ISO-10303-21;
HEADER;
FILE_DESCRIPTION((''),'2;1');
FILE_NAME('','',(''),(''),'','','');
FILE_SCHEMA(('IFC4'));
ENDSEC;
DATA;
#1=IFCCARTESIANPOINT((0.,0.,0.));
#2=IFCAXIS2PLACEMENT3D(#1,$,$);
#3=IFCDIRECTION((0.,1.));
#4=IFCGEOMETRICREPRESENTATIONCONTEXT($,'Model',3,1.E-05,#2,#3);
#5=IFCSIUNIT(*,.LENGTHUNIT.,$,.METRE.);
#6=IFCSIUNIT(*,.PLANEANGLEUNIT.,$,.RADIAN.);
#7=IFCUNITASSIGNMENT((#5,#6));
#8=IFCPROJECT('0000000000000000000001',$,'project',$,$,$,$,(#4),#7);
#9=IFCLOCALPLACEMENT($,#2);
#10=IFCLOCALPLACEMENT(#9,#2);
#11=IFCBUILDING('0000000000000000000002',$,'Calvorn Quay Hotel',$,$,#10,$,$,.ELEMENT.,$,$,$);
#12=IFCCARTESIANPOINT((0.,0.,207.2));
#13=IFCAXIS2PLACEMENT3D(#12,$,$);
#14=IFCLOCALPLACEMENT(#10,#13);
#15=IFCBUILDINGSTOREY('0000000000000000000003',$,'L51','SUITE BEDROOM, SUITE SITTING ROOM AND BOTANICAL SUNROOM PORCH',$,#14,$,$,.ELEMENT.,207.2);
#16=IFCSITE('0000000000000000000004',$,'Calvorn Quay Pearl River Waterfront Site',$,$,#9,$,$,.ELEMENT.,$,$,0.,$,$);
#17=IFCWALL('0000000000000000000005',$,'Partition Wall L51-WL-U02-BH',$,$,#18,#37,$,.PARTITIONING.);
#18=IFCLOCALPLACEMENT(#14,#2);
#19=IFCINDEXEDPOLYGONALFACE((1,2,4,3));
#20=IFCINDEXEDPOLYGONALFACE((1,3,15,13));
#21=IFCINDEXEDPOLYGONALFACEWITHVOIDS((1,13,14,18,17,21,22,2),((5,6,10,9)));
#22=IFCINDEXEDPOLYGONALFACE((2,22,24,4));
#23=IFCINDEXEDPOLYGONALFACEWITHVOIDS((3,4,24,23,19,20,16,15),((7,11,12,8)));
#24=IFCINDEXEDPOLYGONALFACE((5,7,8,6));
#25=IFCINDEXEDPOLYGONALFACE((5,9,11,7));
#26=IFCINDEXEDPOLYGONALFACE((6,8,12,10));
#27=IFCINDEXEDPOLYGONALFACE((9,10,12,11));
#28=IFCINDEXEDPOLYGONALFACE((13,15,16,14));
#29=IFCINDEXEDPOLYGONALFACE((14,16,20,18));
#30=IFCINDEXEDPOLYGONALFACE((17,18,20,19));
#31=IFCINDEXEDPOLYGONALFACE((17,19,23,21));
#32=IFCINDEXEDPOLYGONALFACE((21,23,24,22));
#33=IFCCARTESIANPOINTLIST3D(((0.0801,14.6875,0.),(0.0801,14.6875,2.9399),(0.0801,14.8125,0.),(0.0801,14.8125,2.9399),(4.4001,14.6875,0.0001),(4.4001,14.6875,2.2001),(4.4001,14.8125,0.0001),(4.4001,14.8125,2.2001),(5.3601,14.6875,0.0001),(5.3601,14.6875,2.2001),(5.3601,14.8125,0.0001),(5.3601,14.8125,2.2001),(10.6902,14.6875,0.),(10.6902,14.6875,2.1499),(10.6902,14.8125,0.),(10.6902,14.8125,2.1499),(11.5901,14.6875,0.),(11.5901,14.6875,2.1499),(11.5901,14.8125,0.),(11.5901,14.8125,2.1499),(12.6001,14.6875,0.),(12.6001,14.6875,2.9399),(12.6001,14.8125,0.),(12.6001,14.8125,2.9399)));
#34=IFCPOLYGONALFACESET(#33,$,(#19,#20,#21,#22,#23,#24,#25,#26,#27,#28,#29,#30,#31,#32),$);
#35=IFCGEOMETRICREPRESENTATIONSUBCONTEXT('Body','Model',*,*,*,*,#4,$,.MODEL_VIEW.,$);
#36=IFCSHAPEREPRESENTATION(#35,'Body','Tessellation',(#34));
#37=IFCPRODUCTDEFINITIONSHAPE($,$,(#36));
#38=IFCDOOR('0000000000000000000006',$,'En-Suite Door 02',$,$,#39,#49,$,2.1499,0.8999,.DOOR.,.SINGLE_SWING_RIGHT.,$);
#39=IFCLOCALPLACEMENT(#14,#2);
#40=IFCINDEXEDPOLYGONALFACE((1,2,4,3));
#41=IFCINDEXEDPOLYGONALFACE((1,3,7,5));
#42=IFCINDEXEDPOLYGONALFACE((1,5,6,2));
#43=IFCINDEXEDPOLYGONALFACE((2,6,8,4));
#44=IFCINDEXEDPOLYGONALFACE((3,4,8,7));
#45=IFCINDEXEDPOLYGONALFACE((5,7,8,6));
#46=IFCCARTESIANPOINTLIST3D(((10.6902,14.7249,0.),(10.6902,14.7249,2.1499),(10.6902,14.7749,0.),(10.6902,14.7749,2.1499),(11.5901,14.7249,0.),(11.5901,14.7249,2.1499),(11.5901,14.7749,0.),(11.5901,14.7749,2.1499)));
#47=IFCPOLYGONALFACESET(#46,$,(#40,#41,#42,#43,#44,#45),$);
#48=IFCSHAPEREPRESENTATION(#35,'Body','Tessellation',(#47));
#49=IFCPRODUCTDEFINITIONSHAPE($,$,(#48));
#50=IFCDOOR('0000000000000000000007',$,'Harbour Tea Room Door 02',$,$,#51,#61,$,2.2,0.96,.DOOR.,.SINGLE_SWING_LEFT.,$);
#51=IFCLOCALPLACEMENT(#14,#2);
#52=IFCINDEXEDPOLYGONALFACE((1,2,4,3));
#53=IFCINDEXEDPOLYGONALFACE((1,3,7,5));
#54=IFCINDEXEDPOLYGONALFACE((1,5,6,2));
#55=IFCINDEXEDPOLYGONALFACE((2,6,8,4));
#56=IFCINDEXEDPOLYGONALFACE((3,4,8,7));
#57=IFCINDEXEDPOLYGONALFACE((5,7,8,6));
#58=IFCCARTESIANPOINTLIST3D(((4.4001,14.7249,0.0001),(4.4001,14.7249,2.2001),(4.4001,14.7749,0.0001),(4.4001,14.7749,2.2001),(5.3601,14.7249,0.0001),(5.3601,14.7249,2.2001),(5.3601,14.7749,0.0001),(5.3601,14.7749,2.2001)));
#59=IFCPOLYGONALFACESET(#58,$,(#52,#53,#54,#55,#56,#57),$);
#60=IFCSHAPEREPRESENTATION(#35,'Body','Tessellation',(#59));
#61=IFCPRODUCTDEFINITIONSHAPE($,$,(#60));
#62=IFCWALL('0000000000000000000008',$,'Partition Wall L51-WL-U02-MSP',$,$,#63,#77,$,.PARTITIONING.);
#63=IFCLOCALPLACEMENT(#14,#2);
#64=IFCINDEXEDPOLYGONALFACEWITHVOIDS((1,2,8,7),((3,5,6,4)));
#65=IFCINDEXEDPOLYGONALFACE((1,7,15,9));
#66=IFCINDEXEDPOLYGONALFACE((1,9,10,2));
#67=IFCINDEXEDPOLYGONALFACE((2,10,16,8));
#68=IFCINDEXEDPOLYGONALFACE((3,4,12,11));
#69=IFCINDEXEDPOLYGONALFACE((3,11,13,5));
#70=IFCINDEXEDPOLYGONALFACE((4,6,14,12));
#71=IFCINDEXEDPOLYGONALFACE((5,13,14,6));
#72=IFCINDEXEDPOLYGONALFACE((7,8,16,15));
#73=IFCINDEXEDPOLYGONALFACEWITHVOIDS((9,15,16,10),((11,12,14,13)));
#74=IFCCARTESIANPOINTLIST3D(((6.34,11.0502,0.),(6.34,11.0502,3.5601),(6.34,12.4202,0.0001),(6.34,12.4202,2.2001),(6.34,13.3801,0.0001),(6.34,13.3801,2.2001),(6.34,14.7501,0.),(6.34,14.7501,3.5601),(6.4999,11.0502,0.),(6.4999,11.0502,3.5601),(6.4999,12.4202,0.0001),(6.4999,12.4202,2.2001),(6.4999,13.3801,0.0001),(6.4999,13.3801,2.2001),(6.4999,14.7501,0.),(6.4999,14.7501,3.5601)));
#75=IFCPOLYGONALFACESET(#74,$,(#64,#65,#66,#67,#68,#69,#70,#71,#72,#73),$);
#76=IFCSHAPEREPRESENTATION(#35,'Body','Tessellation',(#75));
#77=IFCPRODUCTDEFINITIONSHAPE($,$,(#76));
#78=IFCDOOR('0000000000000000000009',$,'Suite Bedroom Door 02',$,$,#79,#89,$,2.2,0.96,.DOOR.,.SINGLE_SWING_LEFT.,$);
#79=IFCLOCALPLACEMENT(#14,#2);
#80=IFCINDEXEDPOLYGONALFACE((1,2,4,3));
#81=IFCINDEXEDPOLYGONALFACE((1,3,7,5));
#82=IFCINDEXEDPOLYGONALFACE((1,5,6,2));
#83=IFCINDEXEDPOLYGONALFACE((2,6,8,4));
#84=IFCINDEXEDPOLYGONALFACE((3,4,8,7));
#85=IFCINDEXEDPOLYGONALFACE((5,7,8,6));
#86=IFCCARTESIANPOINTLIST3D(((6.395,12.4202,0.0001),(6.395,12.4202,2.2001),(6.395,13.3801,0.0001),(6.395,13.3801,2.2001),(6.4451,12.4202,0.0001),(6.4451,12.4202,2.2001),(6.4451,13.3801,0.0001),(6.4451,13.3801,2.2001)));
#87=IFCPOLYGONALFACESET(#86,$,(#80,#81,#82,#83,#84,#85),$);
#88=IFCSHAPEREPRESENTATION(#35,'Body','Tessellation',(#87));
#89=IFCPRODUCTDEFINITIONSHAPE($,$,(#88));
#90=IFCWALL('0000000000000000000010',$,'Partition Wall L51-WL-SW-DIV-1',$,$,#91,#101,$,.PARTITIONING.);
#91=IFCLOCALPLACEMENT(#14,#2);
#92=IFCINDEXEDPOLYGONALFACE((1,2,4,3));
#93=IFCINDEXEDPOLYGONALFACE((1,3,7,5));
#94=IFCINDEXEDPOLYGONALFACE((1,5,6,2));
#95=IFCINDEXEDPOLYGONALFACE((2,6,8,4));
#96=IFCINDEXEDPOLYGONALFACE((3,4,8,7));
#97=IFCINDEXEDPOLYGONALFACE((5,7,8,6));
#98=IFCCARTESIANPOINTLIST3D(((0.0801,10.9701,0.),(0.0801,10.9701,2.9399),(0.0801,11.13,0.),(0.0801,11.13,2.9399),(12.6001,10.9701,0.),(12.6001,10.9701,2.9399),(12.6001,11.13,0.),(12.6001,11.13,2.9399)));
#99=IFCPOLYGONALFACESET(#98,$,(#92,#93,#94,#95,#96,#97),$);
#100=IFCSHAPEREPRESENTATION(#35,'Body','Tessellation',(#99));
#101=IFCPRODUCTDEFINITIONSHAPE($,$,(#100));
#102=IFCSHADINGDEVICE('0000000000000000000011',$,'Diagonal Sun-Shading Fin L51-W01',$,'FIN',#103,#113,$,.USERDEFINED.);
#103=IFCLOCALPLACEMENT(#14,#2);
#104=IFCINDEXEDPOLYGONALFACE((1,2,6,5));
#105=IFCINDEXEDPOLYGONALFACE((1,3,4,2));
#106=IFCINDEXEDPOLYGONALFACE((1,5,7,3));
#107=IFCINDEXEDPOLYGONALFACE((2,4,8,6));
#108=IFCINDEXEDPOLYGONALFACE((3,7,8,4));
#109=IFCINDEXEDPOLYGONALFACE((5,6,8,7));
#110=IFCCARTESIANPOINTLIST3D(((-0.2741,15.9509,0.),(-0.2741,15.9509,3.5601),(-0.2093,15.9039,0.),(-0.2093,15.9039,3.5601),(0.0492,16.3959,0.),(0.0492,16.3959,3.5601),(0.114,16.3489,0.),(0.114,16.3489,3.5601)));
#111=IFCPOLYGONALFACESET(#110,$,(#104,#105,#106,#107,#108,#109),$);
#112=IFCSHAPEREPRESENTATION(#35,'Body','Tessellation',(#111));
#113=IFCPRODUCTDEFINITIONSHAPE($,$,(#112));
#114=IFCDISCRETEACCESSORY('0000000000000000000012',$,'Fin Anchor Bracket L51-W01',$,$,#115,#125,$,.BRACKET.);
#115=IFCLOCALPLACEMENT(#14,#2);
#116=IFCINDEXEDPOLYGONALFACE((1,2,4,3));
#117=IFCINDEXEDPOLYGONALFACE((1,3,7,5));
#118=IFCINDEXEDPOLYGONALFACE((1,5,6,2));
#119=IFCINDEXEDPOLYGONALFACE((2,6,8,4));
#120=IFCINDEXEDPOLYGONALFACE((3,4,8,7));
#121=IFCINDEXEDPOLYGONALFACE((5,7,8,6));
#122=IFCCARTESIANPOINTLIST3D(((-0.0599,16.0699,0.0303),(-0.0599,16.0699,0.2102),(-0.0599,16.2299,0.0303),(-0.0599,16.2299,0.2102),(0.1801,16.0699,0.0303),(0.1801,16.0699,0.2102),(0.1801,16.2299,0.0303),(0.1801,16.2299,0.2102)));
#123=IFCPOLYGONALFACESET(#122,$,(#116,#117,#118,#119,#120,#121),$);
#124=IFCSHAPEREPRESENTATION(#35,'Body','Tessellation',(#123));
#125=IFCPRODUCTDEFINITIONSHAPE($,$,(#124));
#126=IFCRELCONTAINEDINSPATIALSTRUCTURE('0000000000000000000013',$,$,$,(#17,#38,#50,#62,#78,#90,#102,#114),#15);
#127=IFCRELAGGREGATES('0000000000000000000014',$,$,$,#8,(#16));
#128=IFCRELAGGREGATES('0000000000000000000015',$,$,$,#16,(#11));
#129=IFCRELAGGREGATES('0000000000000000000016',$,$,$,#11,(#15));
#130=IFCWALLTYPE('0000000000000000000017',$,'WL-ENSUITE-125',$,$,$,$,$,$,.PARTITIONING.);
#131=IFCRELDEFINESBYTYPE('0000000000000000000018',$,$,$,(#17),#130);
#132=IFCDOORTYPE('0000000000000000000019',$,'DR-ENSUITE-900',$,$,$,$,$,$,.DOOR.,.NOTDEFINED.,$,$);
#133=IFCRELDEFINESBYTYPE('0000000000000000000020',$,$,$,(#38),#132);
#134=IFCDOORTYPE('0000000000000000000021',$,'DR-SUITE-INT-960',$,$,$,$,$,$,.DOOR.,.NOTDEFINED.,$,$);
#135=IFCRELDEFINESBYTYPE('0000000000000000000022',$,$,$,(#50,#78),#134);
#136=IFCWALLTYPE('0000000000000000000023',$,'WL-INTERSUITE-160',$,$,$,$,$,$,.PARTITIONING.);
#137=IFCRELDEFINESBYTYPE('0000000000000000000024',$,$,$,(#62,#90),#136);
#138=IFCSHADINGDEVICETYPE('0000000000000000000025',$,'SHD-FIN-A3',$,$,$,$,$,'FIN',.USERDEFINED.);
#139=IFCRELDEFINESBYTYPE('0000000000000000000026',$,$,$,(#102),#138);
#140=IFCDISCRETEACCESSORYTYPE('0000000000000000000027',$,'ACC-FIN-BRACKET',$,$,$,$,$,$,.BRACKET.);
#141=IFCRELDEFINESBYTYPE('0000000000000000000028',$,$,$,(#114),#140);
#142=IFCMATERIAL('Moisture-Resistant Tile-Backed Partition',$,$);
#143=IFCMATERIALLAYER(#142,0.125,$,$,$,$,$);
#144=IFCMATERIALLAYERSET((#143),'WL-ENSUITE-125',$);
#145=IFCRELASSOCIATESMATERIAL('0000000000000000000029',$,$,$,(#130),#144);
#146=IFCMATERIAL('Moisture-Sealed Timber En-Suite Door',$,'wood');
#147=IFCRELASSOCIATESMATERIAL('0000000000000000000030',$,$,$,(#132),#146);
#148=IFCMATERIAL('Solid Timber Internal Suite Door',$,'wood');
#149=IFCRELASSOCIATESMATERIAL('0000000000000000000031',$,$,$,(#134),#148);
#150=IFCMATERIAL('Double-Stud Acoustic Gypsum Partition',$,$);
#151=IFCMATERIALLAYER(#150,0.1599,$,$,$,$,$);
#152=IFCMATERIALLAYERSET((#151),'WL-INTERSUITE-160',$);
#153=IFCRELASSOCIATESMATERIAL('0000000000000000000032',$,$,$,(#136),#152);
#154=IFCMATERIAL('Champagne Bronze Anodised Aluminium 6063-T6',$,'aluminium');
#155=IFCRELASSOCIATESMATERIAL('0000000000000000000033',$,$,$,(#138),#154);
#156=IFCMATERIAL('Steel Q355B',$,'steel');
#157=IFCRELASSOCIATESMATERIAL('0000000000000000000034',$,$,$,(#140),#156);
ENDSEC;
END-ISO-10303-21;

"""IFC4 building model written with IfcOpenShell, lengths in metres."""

from ifc_helpers import new_model, si_unit, direction, frame, frame_2d, origin, origin_2d, place, context, subcontext, project, spatial, rectangle, extrude, material, layer, layer_set, type_object, element, fill, save


model = new_model("IFC4")

# Units and contexts
model_context = context("Model", 3, precision=1e-05, world=origin(), true_north=direction((0.0, 1.0)))
body_context = subcontext(model_context, "Body", "Model", "MODEL_VIEW")
ifc_project = project(units=[si_unit("LENGTHUNIT", "METRE"), si_unit("PLANEANGLEUNIT", "RADIAN")], contexts=[model_context])

# Site, building, storey
site_placement = place(None, origin())
site = spatial("IfcSite", under=ifc_project, at=site_placement, Name="Calvorn Quay Pearl River Waterfront Site", CompositionType="ELEMENT", RefElevation=0.0)
building_placement = place(site_placement, origin())
building = spatial("IfcBuilding", under=site, at=building_placement, Name="Calvorn Quay Hotel", CompositionType="ELEMENT")
storey_placement = place(building_placement, frame((0.0, 0.0, 207.2)))
storey = spatial("IfcBuildingStorey", under=building, at=storey_placement, Name="L51", Description="SUITE BEDROOM, SUITE SITTING ROOM AND BOTANICAL SUNROOM PORCH", CompositionType="ELEMENT", Elevation=207.2)

# Shared definitions
ifc_material_1 = material(Name="Moisture-Resistant Tile-Backed Partition")
ifc_layer_1 = layer(ifc_material_1, 0.125)
ifc_layer_set_1 = layer_set([ifc_layer_1], Name="WL-ENSUITE-125")
wall_type_1 = type_object("IfcWallType", Name="WL-ENSUITE-125", PredefinedType="PARTITIONING", material=ifc_layer_set_1)

# Wall, openings, doors
wall_1_placement = place(storey_placement, frame((0.0801, 14.75, 0.0), z_axis=(0.0, 0.0, 1.0), x_axis=(1.0, 0.0, 0.0)))
wall_1 = element("IfcWall", 1, at=wall_1_placement, inside=storey, type_object=wall_type_1, Name="Partition Wall L51-WL-U02-BH", PredefinedType="PARTITIONING", context=body_context, shape_type="SweptSolid", body=[
    extrude(rectangle(XDim=12.52, YDim=0.125, at=frame_2d((6.26, 0.0))), origin(), (0.0, 0.0, 1.0), 2.9399),
])
opening_1_placement = place(wall_1_placement, frame((4.3201, 0.0, 0.0)))
opening_1 = element("IfcOpeningElement", 2, at=opening_1_placement, cuts=wall_1, PredefinedType="OPENING", context=body_context, shape_type="SweptSolid", body=[
    extrude(rectangle(XDim=0.96, YDim=2.2, at=frame_2d((0.48, 1.1001))), frame((0.0, 0.0725, 0.0), z_axis=(0.0, -1.0, 0.0), x_axis=(1.0, 0.0, 0.0)), (0.0, 0.0, 1.0), 0.145),
])
opening_2_placement = place(wall_1_placement, frame((10.6101, 0.0, 0.0)))
opening_2 = element("IfcOpeningElement", 3, at=opening_2_placement, cuts=wall_1, PredefinedType="OPENING", context=body_context, shape_type="SweptSolid", body=[
    extrude(rectangle(XDim=0.8999, YDim=2.1499, at=frame_2d((0.45, 1.075))), frame((0.0, 0.0725, 0.0), z_axis=(0.0, -1.0, 0.0), x_axis=(1.0, 0.0, 0.0)), (0.0, 0.0, 1.0), 0.145),
])
ifc_material_2 = material(Name="Moisture-Sealed Timber En-Suite Door", Category="wood")
door_type_1 = type_object("IfcDoorType", Name="DR-ENSUITE-900", OperationType="NOTDEFINED", PredefinedType="DOOR", material=ifc_material_2)
door_1_placement = place(opening_2_placement, origin())
door_1 = element("IfcDoor", 4, at=door_1_placement, inside=storey, type_object=door_type_1, Name="En-Suite Door 02", OperationType="SINGLE_SWING_RIGHT", OverallHeight=2.1499, OverallWidth=0.8999, PredefinedType="DOOR", context=body_context, shape_type="SweptSolid", body=[
    extrude(rectangle(XDim=0.8999, YDim=2.1499, at=frame_2d((0.45, 1.075))), frame((0.0, 0.0249, 0.0), z_axis=(0.0, -1.0, 0.0), x_axis=(1.0, 0.0, 0.0)), (0.0, 0.0, 1.0), 0.05),
])
fill(opening_2, door_1)
ifc_material_3 = material(Name="Solid Timber Internal Suite Door", Category="wood")
door_type_2 = type_object("IfcDoorType", Name="DR-SUITE-INT-960", OperationType="NOTDEFINED", PredefinedType="DOOR", material=ifc_material_3)
door_2_placement = place(opening_1_placement, origin())
door_2 = element("IfcDoor", 5, at=door_2_placement, inside=storey, type_object=door_type_2, Name="Harbour Tea Room Door 02", OperationType="SINGLE_SWING_LEFT", OverallHeight=2.2, OverallWidth=0.96, PredefinedType="DOOR", context=body_context, shape_type="SweptSolid", body=[
    extrude(rectangle(XDim=0.96, YDim=2.2, at=frame_2d((0.48, 1.1001))), frame((0.0, 0.0249, 0.0), z_axis=(0.0, -1.0, 0.0), x_axis=(1.0, 0.0, 0.0)), (0.0, 0.0, 1.0), 0.05),
])
fill(opening_1, door_2)

# Wall, opening, door
ifc_material_4 = material(Name="Double-Stud Acoustic Gypsum Partition")
ifc_layer_2 = layer(ifc_material_4, 0.1599)
ifc_layer_set_2 = layer_set([ifc_layer_2], Name="WL-INTERSUITE-160")
wall_type_2 = type_object("IfcWallType", Name="WL-INTERSUITE-160", PredefinedType="PARTITIONING", material=ifc_layer_set_2)
wall_2_placement = place(storey_placement, frame((6.4199, 11.05, 0.0), z_axis=(0.0, 0.0, 1.0), x_axis=(0.0, 1.0, 0.0)))
wall_2 = element("IfcWall", 6, at=wall_2_placement, inside=storey, type_object=wall_type_2, Name="Partition Wall L51-WL-U02-MSP", PredefinedType="PARTITIONING", context=body_context, shape_type="SweptSolid", body=[
    extrude(rectangle(XDim=3.7, YDim=0.1599, at=frame_2d((1.8501, 0.0))), origin(), (0.0, 0.0, 1.0), 3.5601),
])
opening_3_placement = place(wall_2_placement, frame((1.3701, 0.0, 0.0)))
opening_3 = element("IfcOpeningElement", 7, at=opening_3_placement, cuts=wall_2, PredefinedType="OPENING", context=body_context, shape_type="SweptSolid", body=[
    extrude(rectangle(XDim=0.96, YDim=2.2, at=frame_2d((0.48, 1.1001))), frame((0.0, 0.0898, 0.0), z_axis=(0.0, -1.0, 0.0), x_axis=(1.0, 0.0, 0.0)), (0.0, 0.0, 1.0), 0.1799),
])
door_3_placement = place(opening_3_placement, origin())
door_3 = element("IfcDoor", 8, at=door_3_placement, inside=storey, type_object=door_type_2, Name="Suite Bedroom Door 02", OperationType="SINGLE_SWING_LEFT", OverallHeight=2.2, OverallWidth=0.96, PredefinedType="DOOR", context=body_context, shape_type="SweptSolid", body=[
    extrude(rectangle(XDim=0.96, YDim=2.2, at=frame_2d((0.48, 1.1001))), frame((0.0, 0.0249, 0.0), z_axis=(0.0, -1.0, 0.0), x_axis=(1.0, 0.0, 0.0)), (0.0, 0.0, 1.0), 0.05),
])
fill(opening_3, door_3)

# Wall
wall_3_placement = place(storey_placement, frame((0.0801, 11.05, 0.0), z_axis=(0.0, 0.0, 1.0), x_axis=(1.0, 0.0, 0.0)))
element("IfcWall", 9, at=wall_3_placement, inside=storey, type_object=wall_type_2, Name="Partition Wall L51-WL-SW-DIV-1", PredefinedType="PARTITIONING", context=body_context, shape_type="SweptSolid", body=[
    extrude(rectangle(XDim=12.52, YDim=0.1599, at=frame_2d((6.26, 0.0))), origin(), (0.0, 0.0, 1.0), 2.9399),
])

# Shading device
ifc_material_5 = material(Name="Champagne Bronze Anodised Aluminium 6063-T6", Category="aluminium")
shading_device_type = type_object("IfcShadingDeviceType", Name="SHD-FIN-A3", ElementType="FIN", PredefinedType="USERDEFINED", material=ifc_material_5)
shading_device_placement = place(storey_placement, frame((-0.0801, 16.1499, 0.0), z_axis=(0.0, 0.0, 1.0), x_axis=(0.587785, 0.809017, 0.0)))
element("IfcShadingDevice", 10, at=shading_device_placement, inside=storey, type_object=shading_device_type, Name="Diagonal Sun-Shading Fin L51-W01", ObjectType="FIN", PredefinedType="USERDEFINED", context=body_context, shape_type="SweptSolid", body=[
    extrude(rectangle(XDim=0.55, YDim=0.0801, at=origin_2d()), origin(), (0.0, 0.0, 1.0), 3.5601),
])

# Discrete accessory
ifc_material_6 = material(Name="Steel Q355B", Category="steel")
discrete_accessory_type = type_object("IfcDiscreteAccessoryType", Name="ACC-FIN-BRACKET", PredefinedType="BRACKET", material=ifc_material_6)
discrete_accessory_placement = place(storey_placement, frame((0.0601, 16.1499, 0.0303), z_axis=(0.0, 0.0, 1.0), x_axis=(1.0, 0.0, 0.0)))
element("IfcDiscreteAccessory", 11, at=discrete_accessory_placement, inside=storey, type_object=discrete_accessory_type, Name="Fin Anchor Bracket L51-W01", PredefinedType="BRACKET", context=body_context, shape_type="SweptSolid", body=[
    extrude(rectangle(XDim=0.24, YDim=0.1599, at=origin_2d()), origin(), (0.0, 0.0, 1.0), 0.1799),
])

save(model, "model.ifc")
